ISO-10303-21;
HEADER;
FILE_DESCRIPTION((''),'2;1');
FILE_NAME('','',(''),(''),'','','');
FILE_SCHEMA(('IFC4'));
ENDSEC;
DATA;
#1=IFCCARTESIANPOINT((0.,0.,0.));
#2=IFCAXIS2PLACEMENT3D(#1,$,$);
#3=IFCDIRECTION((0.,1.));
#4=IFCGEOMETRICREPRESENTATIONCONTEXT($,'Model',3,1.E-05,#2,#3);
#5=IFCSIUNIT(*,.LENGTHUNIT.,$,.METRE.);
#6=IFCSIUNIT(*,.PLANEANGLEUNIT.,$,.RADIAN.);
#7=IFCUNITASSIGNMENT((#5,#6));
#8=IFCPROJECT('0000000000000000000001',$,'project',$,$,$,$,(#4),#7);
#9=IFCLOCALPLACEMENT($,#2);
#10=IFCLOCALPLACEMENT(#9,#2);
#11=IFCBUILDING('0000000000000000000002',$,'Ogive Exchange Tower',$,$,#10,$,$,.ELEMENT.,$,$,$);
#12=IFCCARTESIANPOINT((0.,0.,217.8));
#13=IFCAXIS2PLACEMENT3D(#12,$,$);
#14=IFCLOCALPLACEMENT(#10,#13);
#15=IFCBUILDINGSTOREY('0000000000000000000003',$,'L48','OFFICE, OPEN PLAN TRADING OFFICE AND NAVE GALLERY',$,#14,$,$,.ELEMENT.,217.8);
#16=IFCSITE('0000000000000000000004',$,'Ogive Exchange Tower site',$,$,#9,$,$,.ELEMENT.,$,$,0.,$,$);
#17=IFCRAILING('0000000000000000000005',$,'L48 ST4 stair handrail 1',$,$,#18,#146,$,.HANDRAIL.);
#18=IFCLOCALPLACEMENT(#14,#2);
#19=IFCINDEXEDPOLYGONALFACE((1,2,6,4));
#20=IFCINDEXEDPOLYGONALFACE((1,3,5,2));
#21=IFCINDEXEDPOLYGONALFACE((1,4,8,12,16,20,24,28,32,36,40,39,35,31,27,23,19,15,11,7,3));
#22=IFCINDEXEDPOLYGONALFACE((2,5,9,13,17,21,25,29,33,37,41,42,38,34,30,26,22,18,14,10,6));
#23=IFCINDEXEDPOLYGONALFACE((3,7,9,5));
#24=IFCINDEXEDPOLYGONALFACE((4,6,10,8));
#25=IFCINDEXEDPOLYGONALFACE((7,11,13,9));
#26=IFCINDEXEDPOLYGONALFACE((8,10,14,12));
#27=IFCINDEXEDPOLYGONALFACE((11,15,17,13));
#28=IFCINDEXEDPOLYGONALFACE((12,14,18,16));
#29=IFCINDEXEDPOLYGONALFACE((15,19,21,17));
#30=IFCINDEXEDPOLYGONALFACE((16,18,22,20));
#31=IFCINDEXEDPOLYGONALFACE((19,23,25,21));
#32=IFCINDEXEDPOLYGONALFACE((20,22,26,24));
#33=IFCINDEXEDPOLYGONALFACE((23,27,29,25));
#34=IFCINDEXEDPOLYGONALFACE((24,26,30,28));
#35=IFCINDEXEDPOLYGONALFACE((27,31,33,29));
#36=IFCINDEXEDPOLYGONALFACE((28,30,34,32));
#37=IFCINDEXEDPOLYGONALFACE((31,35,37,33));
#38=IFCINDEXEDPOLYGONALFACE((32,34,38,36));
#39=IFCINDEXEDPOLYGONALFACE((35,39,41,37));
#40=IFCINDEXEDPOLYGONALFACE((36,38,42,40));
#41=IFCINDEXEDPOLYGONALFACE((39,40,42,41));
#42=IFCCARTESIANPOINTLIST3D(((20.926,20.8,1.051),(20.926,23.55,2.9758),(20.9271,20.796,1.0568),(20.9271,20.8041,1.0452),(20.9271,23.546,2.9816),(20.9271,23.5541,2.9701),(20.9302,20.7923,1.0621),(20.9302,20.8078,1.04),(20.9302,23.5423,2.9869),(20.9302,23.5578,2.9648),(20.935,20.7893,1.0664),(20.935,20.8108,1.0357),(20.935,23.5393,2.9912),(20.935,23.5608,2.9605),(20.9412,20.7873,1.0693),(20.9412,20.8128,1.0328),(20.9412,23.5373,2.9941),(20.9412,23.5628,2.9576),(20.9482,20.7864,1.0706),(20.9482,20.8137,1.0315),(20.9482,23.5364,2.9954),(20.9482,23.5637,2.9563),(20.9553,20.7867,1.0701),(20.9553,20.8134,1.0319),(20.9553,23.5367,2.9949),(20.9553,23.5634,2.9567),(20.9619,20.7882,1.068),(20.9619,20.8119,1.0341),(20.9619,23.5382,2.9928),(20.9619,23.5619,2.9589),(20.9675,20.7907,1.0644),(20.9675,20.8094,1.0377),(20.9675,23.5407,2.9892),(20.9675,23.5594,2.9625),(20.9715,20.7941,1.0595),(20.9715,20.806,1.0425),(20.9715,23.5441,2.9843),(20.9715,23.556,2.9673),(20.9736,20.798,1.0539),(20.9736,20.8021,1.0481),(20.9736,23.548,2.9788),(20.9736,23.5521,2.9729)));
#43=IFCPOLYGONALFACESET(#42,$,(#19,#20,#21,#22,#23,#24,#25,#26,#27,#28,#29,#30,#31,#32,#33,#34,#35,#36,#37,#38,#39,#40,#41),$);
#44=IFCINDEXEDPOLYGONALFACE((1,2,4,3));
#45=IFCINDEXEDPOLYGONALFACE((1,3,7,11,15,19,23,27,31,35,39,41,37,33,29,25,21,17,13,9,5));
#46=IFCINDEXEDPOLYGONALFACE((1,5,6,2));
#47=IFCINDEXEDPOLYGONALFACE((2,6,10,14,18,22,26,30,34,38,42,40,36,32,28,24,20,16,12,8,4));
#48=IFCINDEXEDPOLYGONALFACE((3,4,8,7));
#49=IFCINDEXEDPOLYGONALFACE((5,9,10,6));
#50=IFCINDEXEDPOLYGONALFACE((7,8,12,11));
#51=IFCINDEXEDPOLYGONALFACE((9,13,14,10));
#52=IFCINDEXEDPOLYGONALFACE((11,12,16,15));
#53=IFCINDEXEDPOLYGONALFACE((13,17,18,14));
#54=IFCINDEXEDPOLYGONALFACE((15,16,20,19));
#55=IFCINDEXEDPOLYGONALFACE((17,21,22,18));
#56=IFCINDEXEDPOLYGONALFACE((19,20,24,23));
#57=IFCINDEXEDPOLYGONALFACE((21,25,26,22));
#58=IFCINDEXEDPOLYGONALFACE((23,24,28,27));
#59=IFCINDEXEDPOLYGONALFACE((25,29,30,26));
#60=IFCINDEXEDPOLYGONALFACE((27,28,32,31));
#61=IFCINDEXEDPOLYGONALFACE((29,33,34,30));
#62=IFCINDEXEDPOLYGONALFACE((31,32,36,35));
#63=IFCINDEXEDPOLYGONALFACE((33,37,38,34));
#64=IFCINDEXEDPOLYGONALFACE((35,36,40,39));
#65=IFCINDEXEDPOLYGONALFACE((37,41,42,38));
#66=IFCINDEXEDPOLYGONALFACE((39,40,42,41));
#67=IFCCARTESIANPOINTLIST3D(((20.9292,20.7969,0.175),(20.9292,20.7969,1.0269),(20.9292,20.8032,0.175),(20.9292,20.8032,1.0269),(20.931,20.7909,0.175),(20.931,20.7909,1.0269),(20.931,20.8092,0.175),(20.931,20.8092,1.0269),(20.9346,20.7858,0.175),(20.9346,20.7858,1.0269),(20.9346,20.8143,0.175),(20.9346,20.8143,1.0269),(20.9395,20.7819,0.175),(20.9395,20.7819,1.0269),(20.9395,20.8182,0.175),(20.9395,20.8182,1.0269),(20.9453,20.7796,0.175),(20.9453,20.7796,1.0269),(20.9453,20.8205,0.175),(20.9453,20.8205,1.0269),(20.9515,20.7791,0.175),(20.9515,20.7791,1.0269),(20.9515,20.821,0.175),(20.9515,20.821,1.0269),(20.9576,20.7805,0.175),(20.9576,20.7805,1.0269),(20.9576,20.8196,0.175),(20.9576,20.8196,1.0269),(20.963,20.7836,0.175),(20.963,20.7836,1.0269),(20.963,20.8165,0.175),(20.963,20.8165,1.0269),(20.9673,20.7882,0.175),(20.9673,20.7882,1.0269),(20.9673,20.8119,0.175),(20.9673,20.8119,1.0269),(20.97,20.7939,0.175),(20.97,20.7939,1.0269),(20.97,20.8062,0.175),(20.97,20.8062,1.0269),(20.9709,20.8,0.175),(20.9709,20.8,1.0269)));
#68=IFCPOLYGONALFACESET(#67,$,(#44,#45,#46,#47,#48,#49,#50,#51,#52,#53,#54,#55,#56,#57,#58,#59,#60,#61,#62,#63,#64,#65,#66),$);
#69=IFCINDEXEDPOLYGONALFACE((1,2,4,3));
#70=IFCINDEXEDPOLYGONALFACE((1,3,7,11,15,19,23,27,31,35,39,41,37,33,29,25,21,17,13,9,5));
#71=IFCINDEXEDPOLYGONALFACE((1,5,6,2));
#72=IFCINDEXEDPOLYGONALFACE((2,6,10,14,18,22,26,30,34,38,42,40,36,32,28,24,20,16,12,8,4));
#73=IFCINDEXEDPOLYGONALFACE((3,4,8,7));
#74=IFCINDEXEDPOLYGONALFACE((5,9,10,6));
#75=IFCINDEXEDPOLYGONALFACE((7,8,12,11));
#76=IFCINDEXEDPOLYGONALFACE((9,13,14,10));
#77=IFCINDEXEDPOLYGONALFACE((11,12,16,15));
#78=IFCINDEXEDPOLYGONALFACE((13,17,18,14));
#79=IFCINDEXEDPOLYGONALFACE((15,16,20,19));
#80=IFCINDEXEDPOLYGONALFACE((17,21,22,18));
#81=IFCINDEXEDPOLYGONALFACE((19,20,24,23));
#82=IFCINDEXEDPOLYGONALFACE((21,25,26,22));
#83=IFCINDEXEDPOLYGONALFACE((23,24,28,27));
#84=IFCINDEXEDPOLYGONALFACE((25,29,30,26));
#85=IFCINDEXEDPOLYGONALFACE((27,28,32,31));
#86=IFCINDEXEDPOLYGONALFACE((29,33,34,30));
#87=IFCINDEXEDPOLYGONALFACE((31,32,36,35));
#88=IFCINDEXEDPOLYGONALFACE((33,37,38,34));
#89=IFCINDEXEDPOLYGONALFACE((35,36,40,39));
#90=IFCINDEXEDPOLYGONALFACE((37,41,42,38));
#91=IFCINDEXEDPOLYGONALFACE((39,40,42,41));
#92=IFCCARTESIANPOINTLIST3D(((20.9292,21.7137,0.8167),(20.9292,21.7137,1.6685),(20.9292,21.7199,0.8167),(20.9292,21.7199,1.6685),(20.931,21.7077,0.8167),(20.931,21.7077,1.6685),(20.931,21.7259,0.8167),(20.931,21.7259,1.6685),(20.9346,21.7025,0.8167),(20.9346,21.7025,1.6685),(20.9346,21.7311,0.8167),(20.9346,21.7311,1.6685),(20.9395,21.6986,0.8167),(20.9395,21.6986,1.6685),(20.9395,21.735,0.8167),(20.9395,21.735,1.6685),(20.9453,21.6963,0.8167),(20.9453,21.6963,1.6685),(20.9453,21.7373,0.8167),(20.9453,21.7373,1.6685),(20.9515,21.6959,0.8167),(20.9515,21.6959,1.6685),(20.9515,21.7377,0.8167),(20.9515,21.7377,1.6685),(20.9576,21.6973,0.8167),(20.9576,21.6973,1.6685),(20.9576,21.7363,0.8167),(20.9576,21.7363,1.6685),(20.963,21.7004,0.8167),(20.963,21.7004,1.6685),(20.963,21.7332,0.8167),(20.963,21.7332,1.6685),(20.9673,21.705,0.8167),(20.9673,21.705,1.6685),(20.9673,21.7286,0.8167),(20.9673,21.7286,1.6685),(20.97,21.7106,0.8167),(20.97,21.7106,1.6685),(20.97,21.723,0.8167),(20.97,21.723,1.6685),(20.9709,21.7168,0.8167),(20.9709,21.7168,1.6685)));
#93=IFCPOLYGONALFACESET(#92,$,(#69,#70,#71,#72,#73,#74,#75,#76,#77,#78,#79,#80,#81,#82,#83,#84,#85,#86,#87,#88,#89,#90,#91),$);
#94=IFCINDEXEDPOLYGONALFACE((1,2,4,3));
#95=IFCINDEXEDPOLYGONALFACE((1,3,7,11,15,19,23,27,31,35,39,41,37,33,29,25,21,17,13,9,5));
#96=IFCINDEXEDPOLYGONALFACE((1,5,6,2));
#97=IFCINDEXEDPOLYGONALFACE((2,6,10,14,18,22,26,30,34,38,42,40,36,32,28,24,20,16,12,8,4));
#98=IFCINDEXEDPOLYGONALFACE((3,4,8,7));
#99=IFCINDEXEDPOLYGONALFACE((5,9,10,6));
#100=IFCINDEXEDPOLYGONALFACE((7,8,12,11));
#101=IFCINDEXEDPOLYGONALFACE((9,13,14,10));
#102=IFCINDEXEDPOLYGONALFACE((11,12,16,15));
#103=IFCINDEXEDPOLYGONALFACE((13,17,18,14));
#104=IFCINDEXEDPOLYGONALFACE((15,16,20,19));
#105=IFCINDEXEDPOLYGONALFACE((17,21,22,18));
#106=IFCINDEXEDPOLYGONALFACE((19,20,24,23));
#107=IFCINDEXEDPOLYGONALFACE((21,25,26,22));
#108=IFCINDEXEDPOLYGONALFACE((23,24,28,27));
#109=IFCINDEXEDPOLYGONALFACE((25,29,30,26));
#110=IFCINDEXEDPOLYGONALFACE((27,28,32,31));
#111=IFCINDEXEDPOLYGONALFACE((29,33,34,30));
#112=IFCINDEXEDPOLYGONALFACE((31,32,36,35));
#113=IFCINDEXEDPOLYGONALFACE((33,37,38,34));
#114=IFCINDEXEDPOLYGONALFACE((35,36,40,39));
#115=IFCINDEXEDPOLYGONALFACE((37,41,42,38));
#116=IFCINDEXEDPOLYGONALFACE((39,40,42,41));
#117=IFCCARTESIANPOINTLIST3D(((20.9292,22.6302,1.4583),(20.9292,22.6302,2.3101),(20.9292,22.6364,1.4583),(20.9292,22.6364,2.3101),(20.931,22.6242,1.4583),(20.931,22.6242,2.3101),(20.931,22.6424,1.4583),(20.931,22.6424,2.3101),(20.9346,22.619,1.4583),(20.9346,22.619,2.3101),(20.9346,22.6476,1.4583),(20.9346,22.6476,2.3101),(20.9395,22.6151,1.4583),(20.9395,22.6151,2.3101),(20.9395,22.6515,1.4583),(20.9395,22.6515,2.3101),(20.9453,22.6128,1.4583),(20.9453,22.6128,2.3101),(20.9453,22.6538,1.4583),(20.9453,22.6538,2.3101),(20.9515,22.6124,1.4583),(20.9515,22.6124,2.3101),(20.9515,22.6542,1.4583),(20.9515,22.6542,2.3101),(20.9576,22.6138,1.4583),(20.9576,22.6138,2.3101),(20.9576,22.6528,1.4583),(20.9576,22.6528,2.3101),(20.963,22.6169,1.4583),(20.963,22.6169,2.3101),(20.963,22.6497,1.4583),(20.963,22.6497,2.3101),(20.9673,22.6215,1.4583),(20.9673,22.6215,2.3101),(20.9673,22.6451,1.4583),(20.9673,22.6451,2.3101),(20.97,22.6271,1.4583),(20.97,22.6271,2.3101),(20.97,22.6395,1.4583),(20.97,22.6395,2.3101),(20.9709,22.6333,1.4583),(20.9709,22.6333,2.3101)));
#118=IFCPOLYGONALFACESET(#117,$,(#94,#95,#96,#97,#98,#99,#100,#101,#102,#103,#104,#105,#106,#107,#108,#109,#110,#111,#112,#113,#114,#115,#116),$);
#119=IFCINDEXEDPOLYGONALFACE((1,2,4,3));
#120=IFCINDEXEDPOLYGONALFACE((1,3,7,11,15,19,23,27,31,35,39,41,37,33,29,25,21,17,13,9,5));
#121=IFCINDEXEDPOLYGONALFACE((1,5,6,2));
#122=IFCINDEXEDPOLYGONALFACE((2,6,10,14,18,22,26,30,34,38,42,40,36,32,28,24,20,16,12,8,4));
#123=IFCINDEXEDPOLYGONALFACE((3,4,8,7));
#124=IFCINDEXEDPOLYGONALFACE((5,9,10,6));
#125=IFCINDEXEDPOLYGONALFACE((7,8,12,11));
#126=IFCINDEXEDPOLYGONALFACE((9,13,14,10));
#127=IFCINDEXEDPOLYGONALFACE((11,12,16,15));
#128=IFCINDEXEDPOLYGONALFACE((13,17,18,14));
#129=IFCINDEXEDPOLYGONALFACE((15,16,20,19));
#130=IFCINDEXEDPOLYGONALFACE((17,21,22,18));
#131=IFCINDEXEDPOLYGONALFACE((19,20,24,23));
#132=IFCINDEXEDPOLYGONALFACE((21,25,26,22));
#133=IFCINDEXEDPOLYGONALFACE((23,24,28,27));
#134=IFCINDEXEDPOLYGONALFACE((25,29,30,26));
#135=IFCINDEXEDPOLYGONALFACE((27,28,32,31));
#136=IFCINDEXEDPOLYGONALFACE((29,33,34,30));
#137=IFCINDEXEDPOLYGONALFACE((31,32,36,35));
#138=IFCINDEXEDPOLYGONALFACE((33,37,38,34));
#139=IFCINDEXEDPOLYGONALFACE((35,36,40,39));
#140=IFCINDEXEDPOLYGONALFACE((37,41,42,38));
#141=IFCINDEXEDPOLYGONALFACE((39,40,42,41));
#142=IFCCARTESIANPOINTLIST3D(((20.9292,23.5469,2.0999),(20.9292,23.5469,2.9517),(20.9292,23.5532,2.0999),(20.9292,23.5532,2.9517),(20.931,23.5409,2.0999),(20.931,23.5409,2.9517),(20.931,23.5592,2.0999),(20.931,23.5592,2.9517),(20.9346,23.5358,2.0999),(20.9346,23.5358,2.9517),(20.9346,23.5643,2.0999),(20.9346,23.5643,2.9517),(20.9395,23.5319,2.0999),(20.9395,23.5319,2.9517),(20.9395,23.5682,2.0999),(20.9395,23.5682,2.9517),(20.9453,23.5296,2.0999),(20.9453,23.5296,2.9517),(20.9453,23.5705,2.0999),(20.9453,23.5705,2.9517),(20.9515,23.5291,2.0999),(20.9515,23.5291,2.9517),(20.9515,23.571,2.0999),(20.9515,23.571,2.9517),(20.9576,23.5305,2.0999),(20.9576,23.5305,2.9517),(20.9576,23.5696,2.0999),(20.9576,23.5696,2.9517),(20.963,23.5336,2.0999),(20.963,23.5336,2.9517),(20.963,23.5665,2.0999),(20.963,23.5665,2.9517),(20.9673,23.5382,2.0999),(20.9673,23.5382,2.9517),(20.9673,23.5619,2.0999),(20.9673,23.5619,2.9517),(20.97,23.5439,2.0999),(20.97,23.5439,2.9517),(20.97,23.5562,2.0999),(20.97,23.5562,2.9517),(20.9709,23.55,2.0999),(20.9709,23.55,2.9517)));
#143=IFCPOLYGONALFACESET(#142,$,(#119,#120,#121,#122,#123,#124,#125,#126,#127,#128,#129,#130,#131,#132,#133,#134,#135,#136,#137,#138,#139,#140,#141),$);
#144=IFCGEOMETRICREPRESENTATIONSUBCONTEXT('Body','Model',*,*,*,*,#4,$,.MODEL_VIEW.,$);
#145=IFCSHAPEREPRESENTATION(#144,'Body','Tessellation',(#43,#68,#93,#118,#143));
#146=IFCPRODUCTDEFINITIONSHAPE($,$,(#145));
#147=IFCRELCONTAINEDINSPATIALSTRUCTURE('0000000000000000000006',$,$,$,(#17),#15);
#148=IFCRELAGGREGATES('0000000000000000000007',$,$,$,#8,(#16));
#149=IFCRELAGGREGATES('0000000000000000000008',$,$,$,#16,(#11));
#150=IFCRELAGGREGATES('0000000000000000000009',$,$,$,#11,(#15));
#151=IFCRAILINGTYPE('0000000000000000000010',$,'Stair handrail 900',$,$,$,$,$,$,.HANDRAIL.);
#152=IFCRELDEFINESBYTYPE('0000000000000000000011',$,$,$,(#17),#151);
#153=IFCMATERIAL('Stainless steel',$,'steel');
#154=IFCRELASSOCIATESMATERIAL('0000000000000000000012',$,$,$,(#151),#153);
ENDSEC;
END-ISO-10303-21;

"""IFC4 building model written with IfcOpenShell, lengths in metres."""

from ifc_helpers import new_model, si_unit, direction, frame, origin, origin_2d, place, context, subcontext, project, spatial, circle, extrude, material, type_object, element, save


model = new_model("IFC4")

# Units and contexts
model_context = context("Model", 3, precision=1e-05, world=origin(), true_north=direction((0.0, 1.0)))
body_context = subcontext(model_context, "Body", "Model", "MODEL_VIEW")
ifc_project = project(units=[si_unit("LENGTHUNIT", "METRE"), si_unit("PLANEANGLEUNIT", "RADIAN")], contexts=[model_context])

# Site, building, storey
site_placement = place(None, origin())
site = spatial("IfcSite", under=ifc_project, at=site_placement, Name="Ogive Exchange Tower site", CompositionType="ELEMENT", RefElevation=0.0)
building_placement = place(site_placement, origin())
building = spatial("IfcBuilding", under=site, at=building_placement, Name="Ogive Exchange Tower", CompositionType="ELEMENT")
storey_placement = place(building_placement, frame((0.0, 0.0, 217.8)))
storey = spatial("IfcBuildingStorey", under=building, at=storey_placement, Name="L48", Description="OFFICE, OPEN PLAN TRADING OFFICE AND NAVE GALLERY", CompositionType="ELEMENT", Elevation=217.8)

# Railing
ifc_material_1 = material(Name="Stainless steel", Category="steel")
railing_type = type_object("IfcRailingType", Name="Stair handrail 900", PredefinedType="HANDRAIL", material=ifc_material_1)
railing_1_placement = place(storey_placement, frame((20.95, 20.8, 0.175)))
element("IfcRailing", 1, at=railing_1_placement, inside=storey, type_object=railing_type, Name="L48 ST4 stair handrail 1", PredefinedType="HANDRAIL", context=body_context, shape_type="SweptSolid", body=[
    extrude(circle(Radius=0.0239, at=origin_2d()), frame((0.0, 0.0, 0.876), z_axis=(0.0, 0.819259, 0.573423), x_axis=(-1.0, 0.0, 0.0)), (0.0, 0.0, 1.0), 3.3567),
    extrude(circle(Radius=0.021, at=origin_2d()), origin(), (0.0, 0.0, 1.0), 0.8518),
    extrude(circle(Radius=0.021, at=origin_2d()), frame((0.0, 0.9167, 0.6416)), (0.0, 0.0, 1.0), 0.8518),
    extrude(circle(Radius=0.021, at=origin_2d()), frame((0.0, 1.8333, 1.2832)), (0.0, 0.0, 1.0), 0.8518),
    extrude(circle(Radius=0.021, at=origin_2d()), frame((0.0, 2.75, 1.9248)), (0.0, 0.0, 1.0), 0.8518),
])

save(model, "model.ifc")
